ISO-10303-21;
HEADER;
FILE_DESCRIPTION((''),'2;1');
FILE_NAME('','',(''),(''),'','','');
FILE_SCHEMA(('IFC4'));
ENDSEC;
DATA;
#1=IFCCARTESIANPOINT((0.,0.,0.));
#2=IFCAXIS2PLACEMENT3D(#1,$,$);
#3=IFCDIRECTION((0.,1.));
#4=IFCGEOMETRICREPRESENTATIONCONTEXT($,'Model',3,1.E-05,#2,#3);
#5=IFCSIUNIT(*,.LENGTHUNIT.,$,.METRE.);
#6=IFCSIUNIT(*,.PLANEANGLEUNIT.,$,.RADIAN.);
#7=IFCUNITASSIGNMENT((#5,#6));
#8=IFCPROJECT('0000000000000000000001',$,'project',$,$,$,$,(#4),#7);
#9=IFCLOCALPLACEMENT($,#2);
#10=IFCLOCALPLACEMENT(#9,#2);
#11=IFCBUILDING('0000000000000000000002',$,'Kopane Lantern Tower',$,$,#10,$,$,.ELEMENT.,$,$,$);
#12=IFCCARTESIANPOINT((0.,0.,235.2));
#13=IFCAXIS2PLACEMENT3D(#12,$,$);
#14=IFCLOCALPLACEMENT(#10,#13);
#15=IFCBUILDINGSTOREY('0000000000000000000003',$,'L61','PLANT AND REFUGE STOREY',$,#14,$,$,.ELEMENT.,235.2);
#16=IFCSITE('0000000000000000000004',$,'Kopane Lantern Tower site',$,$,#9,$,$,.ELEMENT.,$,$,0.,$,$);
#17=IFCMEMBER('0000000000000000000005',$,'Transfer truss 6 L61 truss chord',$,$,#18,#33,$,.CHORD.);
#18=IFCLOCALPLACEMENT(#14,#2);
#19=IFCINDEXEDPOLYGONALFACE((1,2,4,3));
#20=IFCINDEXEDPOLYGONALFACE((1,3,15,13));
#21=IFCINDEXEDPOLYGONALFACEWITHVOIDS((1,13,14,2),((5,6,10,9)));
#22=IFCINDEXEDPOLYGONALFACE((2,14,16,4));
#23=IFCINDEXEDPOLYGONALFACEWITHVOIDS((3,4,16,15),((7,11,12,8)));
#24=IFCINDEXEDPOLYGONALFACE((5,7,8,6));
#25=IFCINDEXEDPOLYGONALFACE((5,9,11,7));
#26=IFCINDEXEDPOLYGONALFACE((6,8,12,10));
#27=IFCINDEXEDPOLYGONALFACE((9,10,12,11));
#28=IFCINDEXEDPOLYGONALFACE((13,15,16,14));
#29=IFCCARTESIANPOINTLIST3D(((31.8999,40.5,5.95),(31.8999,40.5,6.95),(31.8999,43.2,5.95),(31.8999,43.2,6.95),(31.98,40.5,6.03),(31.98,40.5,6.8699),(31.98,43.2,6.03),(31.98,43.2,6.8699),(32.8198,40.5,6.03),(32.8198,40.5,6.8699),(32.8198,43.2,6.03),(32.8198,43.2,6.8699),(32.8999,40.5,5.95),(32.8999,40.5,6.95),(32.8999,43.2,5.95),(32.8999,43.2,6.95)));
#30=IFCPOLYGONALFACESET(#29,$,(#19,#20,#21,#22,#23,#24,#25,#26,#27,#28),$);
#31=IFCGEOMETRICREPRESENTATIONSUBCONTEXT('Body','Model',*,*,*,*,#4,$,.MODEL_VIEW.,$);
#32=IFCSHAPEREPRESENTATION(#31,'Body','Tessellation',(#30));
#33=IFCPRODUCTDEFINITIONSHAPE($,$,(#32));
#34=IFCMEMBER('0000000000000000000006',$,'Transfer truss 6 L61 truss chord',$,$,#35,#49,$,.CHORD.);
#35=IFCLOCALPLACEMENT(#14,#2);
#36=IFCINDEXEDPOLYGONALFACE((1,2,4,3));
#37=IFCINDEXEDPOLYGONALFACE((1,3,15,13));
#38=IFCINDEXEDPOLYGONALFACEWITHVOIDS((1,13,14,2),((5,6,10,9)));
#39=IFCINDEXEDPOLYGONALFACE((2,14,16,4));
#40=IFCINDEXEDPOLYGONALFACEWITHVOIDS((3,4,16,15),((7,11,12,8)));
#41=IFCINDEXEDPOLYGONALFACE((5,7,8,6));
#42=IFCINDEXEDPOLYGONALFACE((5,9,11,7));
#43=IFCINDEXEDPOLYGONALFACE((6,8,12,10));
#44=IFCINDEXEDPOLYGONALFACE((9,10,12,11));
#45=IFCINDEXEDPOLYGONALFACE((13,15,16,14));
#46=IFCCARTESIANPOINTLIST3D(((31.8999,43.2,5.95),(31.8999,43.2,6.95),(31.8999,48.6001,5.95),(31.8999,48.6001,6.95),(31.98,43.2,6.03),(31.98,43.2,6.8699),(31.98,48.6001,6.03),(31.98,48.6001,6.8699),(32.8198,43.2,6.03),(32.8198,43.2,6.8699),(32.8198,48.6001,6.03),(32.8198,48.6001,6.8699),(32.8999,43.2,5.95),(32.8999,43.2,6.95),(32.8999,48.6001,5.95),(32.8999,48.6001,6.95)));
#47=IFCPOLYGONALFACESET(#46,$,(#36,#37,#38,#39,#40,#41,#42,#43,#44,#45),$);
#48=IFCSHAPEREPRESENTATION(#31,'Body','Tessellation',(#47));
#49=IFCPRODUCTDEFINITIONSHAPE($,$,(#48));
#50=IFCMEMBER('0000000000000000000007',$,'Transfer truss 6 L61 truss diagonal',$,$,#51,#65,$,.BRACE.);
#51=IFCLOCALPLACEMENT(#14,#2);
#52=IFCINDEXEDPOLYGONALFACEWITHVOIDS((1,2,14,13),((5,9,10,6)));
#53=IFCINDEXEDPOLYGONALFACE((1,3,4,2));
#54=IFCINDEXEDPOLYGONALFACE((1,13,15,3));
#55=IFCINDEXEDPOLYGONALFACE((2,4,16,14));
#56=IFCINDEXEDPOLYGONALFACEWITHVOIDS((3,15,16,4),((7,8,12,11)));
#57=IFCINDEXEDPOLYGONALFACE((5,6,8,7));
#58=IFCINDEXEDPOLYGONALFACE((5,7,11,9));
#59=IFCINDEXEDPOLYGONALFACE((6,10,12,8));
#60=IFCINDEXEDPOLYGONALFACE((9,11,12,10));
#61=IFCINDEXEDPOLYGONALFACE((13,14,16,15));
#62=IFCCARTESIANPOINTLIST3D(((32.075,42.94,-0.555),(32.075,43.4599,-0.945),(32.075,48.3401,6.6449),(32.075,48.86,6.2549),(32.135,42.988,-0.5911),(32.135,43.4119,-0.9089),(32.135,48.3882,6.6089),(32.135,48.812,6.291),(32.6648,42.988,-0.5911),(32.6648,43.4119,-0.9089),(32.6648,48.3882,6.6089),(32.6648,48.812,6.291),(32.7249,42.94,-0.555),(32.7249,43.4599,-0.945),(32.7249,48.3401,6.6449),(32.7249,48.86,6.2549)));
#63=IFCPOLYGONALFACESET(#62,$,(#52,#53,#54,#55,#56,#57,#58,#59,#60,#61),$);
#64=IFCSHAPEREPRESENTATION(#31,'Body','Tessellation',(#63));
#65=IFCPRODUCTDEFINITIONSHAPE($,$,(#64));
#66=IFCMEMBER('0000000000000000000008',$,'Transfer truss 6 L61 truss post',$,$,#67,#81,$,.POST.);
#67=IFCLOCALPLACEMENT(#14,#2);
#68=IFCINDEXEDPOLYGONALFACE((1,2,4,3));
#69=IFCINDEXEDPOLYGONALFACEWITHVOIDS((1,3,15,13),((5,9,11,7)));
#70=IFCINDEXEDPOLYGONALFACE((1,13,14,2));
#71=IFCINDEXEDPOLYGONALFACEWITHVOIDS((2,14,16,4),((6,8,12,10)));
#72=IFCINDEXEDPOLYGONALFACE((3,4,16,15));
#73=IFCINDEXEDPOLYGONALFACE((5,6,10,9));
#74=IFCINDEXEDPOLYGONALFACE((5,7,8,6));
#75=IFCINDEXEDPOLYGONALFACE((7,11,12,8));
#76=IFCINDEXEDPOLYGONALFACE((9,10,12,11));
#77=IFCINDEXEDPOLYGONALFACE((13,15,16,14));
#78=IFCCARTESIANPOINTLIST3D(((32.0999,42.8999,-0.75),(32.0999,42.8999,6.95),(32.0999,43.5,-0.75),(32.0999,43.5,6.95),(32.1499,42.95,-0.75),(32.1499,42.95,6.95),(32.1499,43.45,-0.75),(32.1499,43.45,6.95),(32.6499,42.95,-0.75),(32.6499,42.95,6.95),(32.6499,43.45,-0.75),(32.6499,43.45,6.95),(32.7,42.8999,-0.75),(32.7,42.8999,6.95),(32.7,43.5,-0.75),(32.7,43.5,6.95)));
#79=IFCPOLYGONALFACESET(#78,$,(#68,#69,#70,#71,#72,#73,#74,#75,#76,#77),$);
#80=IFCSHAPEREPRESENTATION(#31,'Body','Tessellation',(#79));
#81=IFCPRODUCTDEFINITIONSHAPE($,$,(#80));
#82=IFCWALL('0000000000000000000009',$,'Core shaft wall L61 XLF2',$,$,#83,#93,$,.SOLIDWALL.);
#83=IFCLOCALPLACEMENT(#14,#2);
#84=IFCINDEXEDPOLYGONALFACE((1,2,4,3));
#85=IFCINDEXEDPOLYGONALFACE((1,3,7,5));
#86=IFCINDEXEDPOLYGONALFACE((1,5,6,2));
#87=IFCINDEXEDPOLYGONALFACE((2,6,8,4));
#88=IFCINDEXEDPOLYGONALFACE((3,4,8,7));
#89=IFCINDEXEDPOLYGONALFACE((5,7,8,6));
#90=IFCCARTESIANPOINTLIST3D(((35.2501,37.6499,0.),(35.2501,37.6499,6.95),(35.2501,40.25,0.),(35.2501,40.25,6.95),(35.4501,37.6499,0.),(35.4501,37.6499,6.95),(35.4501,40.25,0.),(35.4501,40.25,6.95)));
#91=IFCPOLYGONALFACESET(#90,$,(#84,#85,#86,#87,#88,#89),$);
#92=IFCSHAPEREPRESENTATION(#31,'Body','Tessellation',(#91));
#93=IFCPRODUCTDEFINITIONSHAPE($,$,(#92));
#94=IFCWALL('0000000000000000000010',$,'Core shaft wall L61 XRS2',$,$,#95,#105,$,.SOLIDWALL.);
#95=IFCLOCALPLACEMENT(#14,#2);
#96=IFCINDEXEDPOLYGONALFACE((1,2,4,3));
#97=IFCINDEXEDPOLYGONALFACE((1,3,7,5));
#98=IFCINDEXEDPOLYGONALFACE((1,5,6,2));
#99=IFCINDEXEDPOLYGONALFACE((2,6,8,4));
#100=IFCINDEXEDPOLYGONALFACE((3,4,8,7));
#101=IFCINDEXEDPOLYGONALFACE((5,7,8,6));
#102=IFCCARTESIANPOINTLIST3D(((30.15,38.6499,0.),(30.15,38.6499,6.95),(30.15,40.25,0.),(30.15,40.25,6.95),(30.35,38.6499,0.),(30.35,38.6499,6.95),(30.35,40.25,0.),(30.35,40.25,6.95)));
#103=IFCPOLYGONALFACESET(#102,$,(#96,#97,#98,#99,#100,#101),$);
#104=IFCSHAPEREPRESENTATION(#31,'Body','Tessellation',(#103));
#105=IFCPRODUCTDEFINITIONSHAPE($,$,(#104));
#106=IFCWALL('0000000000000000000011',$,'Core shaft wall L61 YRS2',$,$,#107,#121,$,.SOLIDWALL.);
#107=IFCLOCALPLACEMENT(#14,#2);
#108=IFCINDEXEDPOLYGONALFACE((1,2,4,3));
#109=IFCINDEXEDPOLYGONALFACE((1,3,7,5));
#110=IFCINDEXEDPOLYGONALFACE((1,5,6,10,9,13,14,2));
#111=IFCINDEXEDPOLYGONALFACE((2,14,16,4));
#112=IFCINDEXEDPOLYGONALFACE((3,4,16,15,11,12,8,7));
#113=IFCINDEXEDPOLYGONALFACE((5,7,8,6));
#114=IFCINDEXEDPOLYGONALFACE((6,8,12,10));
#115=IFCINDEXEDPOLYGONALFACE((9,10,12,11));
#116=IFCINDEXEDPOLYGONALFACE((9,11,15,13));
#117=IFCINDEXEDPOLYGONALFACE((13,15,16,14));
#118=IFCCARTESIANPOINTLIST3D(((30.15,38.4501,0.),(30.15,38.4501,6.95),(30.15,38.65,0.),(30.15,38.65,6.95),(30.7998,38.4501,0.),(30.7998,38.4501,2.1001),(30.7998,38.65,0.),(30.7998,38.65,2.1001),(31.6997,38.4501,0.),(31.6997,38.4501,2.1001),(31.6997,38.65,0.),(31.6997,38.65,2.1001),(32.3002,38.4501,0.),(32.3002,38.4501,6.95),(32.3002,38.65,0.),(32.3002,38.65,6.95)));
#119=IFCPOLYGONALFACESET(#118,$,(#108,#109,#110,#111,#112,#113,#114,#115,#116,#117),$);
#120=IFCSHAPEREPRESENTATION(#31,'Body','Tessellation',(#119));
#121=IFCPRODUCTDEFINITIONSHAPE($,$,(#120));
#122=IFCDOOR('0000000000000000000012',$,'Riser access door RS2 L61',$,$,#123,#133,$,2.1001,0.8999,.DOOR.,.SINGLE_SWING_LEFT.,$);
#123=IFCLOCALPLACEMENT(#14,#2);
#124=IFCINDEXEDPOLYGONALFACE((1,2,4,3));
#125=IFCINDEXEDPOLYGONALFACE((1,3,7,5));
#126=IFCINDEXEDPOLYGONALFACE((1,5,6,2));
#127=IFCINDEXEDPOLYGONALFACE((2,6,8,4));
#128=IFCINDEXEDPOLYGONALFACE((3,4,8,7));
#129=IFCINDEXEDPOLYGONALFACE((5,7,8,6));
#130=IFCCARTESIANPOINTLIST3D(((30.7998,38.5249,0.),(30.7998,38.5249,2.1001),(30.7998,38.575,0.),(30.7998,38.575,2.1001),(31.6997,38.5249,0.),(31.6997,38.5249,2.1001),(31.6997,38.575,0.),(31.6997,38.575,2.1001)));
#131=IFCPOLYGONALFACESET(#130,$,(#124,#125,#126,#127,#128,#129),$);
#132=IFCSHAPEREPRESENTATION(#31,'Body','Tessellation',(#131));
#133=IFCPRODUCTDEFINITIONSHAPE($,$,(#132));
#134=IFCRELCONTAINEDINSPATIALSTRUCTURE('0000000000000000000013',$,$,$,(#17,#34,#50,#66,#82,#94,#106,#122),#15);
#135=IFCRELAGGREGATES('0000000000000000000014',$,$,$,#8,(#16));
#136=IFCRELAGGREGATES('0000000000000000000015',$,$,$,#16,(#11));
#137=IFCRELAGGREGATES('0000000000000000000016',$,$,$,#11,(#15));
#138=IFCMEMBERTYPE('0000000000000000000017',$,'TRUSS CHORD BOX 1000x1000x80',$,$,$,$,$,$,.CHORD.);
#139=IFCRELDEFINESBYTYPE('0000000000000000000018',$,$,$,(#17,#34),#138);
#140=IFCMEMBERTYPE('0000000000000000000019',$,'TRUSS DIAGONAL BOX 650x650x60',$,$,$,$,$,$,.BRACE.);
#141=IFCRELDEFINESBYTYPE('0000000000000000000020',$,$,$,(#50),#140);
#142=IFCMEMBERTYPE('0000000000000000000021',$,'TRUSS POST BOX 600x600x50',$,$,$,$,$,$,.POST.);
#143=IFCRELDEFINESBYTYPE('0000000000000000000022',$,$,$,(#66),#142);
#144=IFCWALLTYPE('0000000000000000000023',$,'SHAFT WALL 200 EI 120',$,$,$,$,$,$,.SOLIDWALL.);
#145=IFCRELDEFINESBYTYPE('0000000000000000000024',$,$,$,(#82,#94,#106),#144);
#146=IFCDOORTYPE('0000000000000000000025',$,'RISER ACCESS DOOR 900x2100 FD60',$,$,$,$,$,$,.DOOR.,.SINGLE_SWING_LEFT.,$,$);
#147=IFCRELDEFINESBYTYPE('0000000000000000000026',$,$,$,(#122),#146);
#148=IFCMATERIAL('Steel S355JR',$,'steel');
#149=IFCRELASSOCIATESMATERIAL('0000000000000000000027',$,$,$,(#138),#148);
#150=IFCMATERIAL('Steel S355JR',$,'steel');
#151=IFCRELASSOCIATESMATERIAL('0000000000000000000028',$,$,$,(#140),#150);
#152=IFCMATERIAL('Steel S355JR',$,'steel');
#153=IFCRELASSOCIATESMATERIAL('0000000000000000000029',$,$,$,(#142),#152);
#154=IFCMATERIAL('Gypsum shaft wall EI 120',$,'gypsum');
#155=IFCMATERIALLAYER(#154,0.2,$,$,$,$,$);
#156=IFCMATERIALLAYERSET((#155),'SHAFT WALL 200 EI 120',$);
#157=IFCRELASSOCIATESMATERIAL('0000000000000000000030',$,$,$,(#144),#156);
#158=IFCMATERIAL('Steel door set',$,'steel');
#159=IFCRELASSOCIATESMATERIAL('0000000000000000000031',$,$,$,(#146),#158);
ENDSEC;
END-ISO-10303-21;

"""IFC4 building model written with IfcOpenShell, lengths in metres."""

from ifc_helpers import new_model, si_unit, direction, frame, frame_2d, origin, origin_2d, place, context, subcontext, project, spatial, rectangle, hollow_rectangle, extrude, material, layer, layer_set, material_profile, profile_set, type_object, element, fill, save


model = new_model("IFC4")

# Units and contexts
model_context = context("Model", 3, precision=1e-05, world=origin(), true_north=direction((0.0, 1.0)))
body_context = subcontext(model_context, "Body", "Model", "MODEL_VIEW")
ifc_project = project(units=[si_unit("LENGTHUNIT", "METRE"), si_unit("PLANEANGLEUNIT", "RADIAN")], contexts=[model_context])

# Site, building, storey
site_placement = place(None, origin())
site = spatial("IfcSite", under=ifc_project, at=site_placement, Name="Kopane Lantern Tower site", CompositionType="ELEMENT", RefElevation=0.0)
building_placement = place(site_placement, origin())
building = spatial("IfcBuilding", under=site, at=building_placement, Name="Kopane Lantern Tower", CompositionType="ELEMENT")
storey_placement = place(building_placement, frame((0.0, 0.0, 235.2)))
storey = spatial("IfcBuildingStorey", under=building, at=storey_placement, Name="L61", Description="PLANT AND REFUGE STOREY", CompositionType="ELEMENT", Elevation=235.2)

# Members
ifc_material_1 = material(Name="Steel S355JR", Category="steel")
ifc_material_profile_1 = material_profile(ifc_material_1, hollow_rectangle(XDim=1.0, YDim=1.0, WallThickness=0.0801, at=origin_2d()), Name="BOX 1000x1000x80")
ifc_profile_set_1 = profile_set([ifc_material_profile_1], Name="Steel S355JR")
member_type_1 = type_object("IfcMemberType", Name="TRUSS CHORD BOX 1000x1000x80", PredefinedType="CHORD", material=ifc_profile_set_1)
member_1_placement = place(storey_placement, frame((32.3999, 40.5, 6.45), z_axis=(0.0, 1.0, 0.0), x_axis=(-1.0, 0.0, 0.0)))
element("IfcMember", 1, at=member_1_placement, inside=storey, type_object=member_type_1, Name="Transfer truss 6 L61 truss chord", PredefinedType="CHORD", context=body_context, shape_type="SweptSolid", body=[
    extrude(hollow_rectangle(XDim=1.0, YDim=1.0, WallThickness=0.0801, at=origin_2d()), origin(), (0.0, 0.0, 1.0), 2.7),
])
member_2_placement = place(storey_placement, frame((32.3999, 43.2, 6.45), z_axis=(0.0, 1.0, 0.0), x_axis=(-1.0, 0.0, 0.0)))
element("IfcMember", 2, at=member_2_placement, inside=storey, type_object=member_type_1, Name="Transfer truss 6 L61 truss chord", PredefinedType="CHORD", context=body_context, shape_type="SweptSolid", body=[
    extrude(hollow_rectangle(XDim=1.0, YDim=1.0, WallThickness=0.0801, at=origin_2d()), origin(), (0.0, 0.0, 1.0), 5.4001),
])
ifc_material_2 = material(Name="Steel S355JR", Category="steel")
ifc_material_profile_2 = material_profile(ifc_material_2, hollow_rectangle(XDim=0.6499, YDim=0.6499, WallThickness=0.0601, at=origin_2d()), Name="BOX 650x650x60")
ifc_profile_set_2 = profile_set([ifc_material_profile_2], Name="Steel S355JR")
member_type_2 = type_object("IfcMemberType", Name="TRUSS DIAGONAL BOX 650x650x60", PredefinedType="BRACE", material=ifc_profile_set_2)
member_3_placement = place(storey_placement, frame((32.3999, 43.2, -0.75), z_axis=(0.0, 0.600013, 0.79999), x_axis=(-1.0, 0.0, 0.0)))
element("IfcMember", 3, at=member_3_placement, inside=storey, type_object=member_type_2, Name="Transfer truss 6 L61 truss diagonal", PredefinedType="BRACE", context=body_context, shape_type="SweptSolid", body=[
    extrude(hollow_rectangle(XDim=0.6499, YDim=0.6499, WallThickness=0.0601, at=origin_2d()), origin(), (0.0, 0.0, 1.0), 9.0),
])
ifc_material_3 = material(Name="Steel S355JR", Category="steel")
ifc_material_profile_3 = material_profile(ifc_material_3, hollow_rectangle(XDim=0.6001, YDim=0.6001, WallThickness=0.05, at=origin_2d()), Name="BOX 600x600x50")
ifc_profile_set_3 = profile_set([ifc_material_profile_3], Name="Steel S355JR")
member_type_3 = type_object("IfcMemberType", Name="TRUSS POST BOX 600x600x50", PredefinedType="POST", material=ifc_profile_set_3)
member_4_placement = place(storey_placement, frame((32.3999, 43.2, -0.75), z_axis=(0.0, 0.0, 1.0), x_axis=(1.0, 0.0, 0.0)))
element("IfcMember", 4, at=member_4_placement, inside=storey, type_object=member_type_3, Name="Transfer truss 6 L61 truss post", PredefinedType="POST", context=body_context, shape_type="SweptSolid", body=[
    extrude(hollow_rectangle(XDim=0.6001, YDim=0.6001, WallThickness=0.05, at=origin_2d()), origin(), (0.0, 0.0, 1.0), 7.7),
])

# Walls
ifc_material_4 = material(Name="Gypsum shaft wall EI 120", Category="gypsum")
ifc_layer_1 = layer(ifc_material_4, 0.2)
ifc_layer_set_1 = layer_set([ifc_layer_1], Name="SHAFT WALL 200 EI 120")
wall_type_1 = type_object("IfcWallType", Name="SHAFT WALL 200 EI 120", PredefinedType="SOLIDWALL", material=ifc_layer_set_1)
wall_1_placement = place(storey_placement, frame((35.3501, 37.6499, 0.0), z_axis=(0.0, 0.0, 1.0), x_axis=(0.0, 1.0, 0.0)))
element("IfcWall", 5, at=wall_1_placement, inside=storey, type_object=wall_type_1, Name="Core shaft wall L61 XLF2", PredefinedType="SOLIDWALL", context=body_context, shape_type="SweptSolid", body=[
    extrude(rectangle(XDim=2.6001, YDim=0.2, at=frame_2d((1.3, 0.0))), origin(), (0.0, 0.0, 1.0), 6.95),
])
wall_2_placement = place(storey_placement, frame((30.25, 38.6499, 0.0), z_axis=(0.0, 0.0, 1.0), x_axis=(0.0, 1.0, 0.0)))
element("IfcWall", 6, at=wall_2_placement, inside=storey, type_object=wall_type_1, Name="Core shaft wall L61 XRS2", PredefinedType="SOLIDWALL", context=body_context, shape_type="SweptSolid", body=[
    extrude(rectangle(XDim=1.6001, YDim=0.2, at=frame_2d((0.8, 0.0))), origin(), (0.0, 0.0, 1.0), 6.95),
])

# Wall, opening, door
wall_3_placement = place(storey_placement, frame((30.1499, 38.55, 0.0), z_axis=(0.0, 0.0, 1.0), x_axis=(1.0, 0.0, 0.0)))
wall_3 = element("IfcWall", 7, at=wall_3_placement, inside=storey, type_object=wall_type_1, Name="Core shaft wall L61 YRS2", PredefinedType="SOLIDWALL", context=body_context, shape_type="SweptSolid", body=[
    extrude(rectangle(XDim=2.1501, YDim=0.2, at=frame_2d((1.0752, 0.0))), origin(), (0.0, 0.0, 1.0), 6.95),
])
opening_1_placement = place(wall_3_placement, frame((0.6499, 0.0, 0.0)))
opening_1 = element("IfcOpeningElement", 8, at=opening_1_placement, cuts=wall_3, PredefinedType="OPENING", context=body_context, shape_type="SweptSolid", body=[
    extrude(rectangle(XDim=0.8999, YDim=2.1001, at=frame_2d((0.45, 1.05))), frame((0.0, 0.1099, 0.0), z_axis=(0.0, -1.0, 0.0), x_axis=(1.0, 0.0, 0.0)), (0.0, 0.0, 1.0), 0.22),
])
ifc_material_5 = material(Name="Steel door set", Category="steel")
door_type_1 = type_object("IfcDoorType", Name="RISER ACCESS DOOR 900x2100 FD60", OperationType="SINGLE_SWING_LEFT", PredefinedType="DOOR", material=ifc_material_5)
door_1_placement = place(opening_1_placement, origin())
door_1 = element("IfcDoor", 9, at=door_1_placement, inside=storey, type_object=door_type_1, Name="Riser access door RS2 L61", OperationType="SINGLE_SWING_LEFT", OverallHeight=2.1001, OverallWidth=0.8999, PredefinedType="DOOR", context=body_context, shape_type="SweptSolid", body=[
    extrude(rectangle(XDim=0.8999, YDim=2.1001, at=frame_2d((0.45, 1.05))), frame((0.0, 0.0249, 0.0), z_axis=(0.0, -1.0, 0.0), x_axis=(1.0, 0.0, 0.0)), (0.0, 0.0, 1.0), 0.05),
])
fill(opening_1, door_1)

save(model, "model.ifc")
